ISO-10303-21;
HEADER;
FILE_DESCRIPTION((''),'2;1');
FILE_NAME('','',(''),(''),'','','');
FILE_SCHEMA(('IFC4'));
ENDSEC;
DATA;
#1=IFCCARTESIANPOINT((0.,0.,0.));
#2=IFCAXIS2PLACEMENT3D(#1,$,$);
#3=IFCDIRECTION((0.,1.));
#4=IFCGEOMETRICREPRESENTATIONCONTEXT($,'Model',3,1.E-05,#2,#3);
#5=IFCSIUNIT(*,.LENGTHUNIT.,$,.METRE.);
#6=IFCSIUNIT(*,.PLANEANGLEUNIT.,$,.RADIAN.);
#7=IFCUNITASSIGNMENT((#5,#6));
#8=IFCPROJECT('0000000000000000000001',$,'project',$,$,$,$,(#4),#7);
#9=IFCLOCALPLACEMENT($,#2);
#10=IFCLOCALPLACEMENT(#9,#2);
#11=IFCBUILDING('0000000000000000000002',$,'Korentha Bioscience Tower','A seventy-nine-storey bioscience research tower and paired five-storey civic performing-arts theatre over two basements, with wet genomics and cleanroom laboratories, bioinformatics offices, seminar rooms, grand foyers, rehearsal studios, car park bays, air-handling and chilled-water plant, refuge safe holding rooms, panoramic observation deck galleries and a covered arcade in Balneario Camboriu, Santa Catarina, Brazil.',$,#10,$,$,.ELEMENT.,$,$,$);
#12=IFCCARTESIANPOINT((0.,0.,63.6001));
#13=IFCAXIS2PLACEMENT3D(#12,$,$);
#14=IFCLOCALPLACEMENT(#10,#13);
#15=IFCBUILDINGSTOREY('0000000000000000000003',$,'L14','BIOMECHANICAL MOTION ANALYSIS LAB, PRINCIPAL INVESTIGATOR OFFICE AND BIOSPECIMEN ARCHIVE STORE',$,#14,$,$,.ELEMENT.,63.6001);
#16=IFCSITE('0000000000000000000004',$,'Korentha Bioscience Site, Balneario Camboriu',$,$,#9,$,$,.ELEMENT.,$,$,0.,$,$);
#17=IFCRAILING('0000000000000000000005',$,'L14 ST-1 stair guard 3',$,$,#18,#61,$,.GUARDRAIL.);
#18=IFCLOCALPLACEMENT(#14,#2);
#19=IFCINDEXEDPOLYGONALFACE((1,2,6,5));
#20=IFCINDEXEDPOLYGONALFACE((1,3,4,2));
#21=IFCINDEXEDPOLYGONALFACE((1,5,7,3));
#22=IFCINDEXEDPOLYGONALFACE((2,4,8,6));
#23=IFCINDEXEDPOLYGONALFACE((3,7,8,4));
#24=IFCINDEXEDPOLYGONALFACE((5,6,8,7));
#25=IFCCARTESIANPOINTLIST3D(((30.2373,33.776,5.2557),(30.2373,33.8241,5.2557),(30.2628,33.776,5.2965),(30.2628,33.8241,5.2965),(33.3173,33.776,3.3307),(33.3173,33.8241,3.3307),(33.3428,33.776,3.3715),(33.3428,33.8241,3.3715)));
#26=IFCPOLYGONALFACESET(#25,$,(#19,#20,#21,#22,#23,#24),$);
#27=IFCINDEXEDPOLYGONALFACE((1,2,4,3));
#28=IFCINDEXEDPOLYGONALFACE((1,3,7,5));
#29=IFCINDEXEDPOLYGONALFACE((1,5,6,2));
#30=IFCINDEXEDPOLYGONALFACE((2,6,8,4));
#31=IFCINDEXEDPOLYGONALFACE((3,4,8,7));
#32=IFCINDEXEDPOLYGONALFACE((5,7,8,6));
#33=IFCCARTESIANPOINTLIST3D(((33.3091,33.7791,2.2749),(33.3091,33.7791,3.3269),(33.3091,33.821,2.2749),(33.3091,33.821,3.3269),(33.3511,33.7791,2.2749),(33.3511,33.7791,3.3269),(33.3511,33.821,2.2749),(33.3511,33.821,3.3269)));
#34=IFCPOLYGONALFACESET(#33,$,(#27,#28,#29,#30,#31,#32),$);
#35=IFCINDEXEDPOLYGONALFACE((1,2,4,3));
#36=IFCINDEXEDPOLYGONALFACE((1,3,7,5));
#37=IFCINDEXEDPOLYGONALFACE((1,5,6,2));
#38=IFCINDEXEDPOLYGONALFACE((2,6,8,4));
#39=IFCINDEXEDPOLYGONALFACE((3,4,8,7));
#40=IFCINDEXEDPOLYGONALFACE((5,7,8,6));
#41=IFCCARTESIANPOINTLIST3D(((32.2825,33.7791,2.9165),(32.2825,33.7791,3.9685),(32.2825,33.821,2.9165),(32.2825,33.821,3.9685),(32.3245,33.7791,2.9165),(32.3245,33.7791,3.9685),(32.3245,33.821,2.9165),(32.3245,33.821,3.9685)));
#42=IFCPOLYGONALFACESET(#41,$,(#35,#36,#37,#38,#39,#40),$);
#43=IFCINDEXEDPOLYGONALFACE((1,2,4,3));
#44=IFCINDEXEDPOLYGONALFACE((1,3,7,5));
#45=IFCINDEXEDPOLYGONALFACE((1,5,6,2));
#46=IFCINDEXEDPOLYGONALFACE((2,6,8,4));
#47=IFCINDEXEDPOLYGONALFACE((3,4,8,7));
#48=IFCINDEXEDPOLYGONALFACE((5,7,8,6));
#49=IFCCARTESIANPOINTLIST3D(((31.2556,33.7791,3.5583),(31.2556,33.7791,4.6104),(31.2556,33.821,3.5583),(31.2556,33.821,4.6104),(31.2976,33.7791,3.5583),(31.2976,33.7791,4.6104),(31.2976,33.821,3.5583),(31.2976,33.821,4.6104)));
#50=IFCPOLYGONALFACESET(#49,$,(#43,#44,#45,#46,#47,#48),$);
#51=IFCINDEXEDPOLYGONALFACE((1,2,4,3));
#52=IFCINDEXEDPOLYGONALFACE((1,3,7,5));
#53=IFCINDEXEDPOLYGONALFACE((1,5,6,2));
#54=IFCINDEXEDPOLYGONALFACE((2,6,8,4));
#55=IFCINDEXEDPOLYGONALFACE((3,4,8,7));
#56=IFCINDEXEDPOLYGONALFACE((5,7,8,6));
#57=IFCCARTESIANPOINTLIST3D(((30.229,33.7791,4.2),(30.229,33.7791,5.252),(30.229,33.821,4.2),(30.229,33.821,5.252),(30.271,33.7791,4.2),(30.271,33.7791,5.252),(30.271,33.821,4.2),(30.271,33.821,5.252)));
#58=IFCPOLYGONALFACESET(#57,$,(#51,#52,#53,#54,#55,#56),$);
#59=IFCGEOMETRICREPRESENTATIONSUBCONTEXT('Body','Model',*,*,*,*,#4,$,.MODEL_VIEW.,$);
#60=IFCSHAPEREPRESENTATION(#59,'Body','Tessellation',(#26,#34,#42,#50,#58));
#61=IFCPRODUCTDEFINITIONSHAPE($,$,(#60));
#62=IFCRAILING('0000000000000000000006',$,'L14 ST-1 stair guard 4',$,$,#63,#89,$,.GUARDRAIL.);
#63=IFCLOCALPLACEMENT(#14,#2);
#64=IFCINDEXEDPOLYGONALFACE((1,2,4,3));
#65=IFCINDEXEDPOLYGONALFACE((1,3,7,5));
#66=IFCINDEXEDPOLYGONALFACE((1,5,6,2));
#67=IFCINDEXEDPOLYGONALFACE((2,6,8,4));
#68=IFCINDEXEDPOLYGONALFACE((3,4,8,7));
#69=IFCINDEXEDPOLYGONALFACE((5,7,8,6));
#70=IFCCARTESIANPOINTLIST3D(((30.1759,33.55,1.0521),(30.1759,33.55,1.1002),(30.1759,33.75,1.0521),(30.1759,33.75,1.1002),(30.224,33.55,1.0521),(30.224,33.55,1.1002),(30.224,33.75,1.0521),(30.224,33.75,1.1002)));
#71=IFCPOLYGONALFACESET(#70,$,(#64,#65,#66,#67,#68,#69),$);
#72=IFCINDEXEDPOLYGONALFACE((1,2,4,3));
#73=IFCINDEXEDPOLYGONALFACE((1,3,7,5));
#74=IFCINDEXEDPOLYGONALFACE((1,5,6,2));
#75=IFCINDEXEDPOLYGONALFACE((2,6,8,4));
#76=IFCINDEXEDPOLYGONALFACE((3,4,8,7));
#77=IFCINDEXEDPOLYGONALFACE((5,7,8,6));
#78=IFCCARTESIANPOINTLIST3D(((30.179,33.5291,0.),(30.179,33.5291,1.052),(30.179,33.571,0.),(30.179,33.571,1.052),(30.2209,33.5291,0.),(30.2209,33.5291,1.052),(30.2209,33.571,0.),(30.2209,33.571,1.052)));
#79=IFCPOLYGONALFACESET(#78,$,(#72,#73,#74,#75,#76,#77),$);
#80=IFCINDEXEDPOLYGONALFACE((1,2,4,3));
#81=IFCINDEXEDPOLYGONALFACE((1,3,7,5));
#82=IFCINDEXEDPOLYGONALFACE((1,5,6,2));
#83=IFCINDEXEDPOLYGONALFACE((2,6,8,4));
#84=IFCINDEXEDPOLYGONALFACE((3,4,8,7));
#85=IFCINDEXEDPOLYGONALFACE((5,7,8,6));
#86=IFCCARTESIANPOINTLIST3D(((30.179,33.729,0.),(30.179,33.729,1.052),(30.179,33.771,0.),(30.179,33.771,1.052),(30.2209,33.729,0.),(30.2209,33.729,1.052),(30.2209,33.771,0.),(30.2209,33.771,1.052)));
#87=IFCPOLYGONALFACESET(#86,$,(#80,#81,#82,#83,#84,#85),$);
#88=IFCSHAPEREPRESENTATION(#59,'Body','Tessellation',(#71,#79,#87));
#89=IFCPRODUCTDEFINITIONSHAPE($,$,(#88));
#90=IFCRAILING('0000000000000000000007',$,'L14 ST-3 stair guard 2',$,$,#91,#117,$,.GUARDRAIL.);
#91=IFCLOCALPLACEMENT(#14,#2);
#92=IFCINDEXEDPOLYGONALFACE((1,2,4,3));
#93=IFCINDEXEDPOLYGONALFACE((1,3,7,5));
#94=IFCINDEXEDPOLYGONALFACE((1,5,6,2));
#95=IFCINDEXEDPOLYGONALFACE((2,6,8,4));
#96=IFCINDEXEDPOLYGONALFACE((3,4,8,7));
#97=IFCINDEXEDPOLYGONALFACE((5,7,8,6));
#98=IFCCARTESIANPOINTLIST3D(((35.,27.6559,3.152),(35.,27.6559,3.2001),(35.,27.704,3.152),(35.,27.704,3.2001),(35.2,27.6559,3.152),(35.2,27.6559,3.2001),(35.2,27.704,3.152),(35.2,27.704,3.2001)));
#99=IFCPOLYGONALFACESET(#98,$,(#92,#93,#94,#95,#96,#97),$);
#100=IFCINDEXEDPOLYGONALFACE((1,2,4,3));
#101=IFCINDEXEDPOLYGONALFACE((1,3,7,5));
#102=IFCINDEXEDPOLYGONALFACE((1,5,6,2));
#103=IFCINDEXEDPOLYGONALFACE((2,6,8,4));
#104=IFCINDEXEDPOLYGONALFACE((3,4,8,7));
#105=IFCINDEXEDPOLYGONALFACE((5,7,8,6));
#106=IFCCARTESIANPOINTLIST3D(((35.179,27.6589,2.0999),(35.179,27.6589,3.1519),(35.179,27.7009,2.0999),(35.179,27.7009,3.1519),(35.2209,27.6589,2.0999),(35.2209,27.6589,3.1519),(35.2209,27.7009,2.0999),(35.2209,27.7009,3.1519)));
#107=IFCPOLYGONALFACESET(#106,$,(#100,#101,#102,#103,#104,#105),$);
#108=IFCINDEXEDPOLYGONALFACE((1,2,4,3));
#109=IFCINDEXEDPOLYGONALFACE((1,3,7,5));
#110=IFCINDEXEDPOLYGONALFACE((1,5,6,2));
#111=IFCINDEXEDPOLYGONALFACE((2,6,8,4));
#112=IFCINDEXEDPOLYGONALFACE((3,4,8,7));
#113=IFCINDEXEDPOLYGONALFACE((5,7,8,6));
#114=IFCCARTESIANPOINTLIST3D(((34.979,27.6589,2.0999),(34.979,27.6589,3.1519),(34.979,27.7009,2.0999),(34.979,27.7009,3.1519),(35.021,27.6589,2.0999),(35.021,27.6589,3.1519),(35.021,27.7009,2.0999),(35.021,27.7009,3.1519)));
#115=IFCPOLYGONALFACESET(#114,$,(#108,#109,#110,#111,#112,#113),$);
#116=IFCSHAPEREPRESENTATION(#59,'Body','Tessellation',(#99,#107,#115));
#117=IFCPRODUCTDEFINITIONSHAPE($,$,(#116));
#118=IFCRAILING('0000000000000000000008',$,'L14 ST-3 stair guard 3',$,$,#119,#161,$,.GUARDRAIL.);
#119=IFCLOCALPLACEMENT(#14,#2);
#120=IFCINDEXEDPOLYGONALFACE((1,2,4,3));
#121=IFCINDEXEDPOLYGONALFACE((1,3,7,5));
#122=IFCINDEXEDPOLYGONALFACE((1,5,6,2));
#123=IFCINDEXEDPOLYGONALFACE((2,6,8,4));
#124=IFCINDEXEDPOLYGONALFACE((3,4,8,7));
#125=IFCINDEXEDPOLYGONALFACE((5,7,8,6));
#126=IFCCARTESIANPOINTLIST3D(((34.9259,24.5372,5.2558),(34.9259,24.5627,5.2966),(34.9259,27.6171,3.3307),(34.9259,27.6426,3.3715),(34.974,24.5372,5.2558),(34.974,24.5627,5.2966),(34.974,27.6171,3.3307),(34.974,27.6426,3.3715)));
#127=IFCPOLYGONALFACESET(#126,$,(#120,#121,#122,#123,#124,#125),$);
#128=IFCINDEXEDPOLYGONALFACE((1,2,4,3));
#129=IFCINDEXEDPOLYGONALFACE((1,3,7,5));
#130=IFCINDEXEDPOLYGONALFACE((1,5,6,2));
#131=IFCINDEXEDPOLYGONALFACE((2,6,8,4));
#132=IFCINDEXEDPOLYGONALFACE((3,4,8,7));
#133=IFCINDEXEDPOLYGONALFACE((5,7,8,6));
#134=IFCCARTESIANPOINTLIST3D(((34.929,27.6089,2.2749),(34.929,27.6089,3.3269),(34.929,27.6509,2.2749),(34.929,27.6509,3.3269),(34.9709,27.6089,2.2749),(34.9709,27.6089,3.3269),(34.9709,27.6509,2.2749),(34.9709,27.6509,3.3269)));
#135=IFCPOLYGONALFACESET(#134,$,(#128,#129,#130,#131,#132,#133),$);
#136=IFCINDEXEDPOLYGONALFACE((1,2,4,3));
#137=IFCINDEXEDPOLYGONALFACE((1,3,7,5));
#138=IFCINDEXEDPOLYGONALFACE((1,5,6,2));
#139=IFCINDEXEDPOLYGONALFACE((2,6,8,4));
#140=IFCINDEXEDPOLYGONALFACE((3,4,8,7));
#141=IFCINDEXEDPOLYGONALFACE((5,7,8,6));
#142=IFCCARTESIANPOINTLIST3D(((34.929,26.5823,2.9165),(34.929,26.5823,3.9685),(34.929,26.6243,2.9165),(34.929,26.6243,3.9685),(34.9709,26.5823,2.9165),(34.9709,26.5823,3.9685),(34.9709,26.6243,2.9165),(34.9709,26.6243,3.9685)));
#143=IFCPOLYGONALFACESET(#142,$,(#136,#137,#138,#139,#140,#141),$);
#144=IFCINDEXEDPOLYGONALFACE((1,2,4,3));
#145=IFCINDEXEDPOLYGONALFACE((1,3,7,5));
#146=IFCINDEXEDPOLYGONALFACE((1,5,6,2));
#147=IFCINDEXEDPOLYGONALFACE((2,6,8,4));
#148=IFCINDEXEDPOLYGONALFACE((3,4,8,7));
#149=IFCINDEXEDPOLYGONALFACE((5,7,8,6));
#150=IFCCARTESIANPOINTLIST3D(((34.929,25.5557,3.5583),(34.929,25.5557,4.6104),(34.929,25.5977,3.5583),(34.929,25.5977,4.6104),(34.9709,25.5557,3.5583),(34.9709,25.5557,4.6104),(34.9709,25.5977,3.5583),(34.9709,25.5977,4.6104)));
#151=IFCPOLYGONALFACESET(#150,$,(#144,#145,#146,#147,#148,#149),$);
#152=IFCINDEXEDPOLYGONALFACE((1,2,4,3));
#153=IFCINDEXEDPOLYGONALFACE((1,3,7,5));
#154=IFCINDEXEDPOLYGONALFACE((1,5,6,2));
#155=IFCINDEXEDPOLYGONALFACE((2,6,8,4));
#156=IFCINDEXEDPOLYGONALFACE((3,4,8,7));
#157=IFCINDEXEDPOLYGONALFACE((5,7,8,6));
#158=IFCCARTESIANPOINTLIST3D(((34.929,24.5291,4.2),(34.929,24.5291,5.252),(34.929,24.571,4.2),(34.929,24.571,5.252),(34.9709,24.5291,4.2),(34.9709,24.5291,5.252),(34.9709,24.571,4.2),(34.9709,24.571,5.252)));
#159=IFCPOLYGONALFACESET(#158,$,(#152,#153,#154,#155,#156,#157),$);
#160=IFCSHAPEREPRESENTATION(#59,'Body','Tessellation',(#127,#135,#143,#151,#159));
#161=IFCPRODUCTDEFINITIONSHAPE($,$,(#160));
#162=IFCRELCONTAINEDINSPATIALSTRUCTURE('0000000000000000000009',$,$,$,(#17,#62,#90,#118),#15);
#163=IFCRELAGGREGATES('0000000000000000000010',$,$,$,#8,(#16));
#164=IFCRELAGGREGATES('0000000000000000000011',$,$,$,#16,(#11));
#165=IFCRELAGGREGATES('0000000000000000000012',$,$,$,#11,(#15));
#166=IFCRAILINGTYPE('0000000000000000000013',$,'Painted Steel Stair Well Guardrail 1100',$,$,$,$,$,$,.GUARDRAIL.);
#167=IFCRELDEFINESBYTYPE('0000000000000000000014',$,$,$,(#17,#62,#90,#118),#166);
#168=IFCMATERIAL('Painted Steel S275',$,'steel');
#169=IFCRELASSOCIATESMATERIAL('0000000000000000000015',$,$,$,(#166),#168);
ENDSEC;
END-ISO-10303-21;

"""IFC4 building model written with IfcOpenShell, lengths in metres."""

from ifc_helpers import new_model, si_unit, direction, frame, origin, origin_2d, place, context, subcontext, project, spatial, rectangle, extrude, material, type_object, element, save


model = new_model("IFC4")

# Units and contexts
model_context = context("Model", 3, precision=1e-05, world=origin(), true_north=direction((0.0, 1.0)))
body_context = subcontext(model_context, "Body", "Model", "MODEL_VIEW")
ifc_project = project(units=[si_unit("LENGTHUNIT", "METRE"), si_unit("PLANEANGLEUNIT", "RADIAN")], contexts=[model_context])

# Site, building, storey
site_placement = place(None, origin())
site = spatial("IfcSite", under=ifc_project, at=site_placement, Name="Korentha Bioscience Site, Balneario Camboriu", CompositionType="ELEMENT", RefElevation=0.0)
building_placement = place(site_placement, origin())
building = spatial("IfcBuilding", under=site, at=building_placement, Name="Korentha Bioscience Tower", Description="A seventy-nine-storey bioscience research tower and paired five-storey civic performing-arts theatre over two basements, with wet genomics and cleanroom laboratories, bioinformatics offices, seminar rooms, grand foyers, rehearsal studios, car park bays, air-handling and chilled-water plant, refuge safe holding rooms, panoramic observation deck galleries and a covered arcade in Balneario Camboriu, Santa Catarina, Brazil.", CompositionType="ELEMENT")
storey_placement = place(building_placement, frame((0.0, 0.0, 63.6001)))
storey = spatial("IfcBuildingStorey", under=building, at=storey_placement, Name="L14", Description="BIOMECHANICAL MOTION ANALYSIS LAB, PRINCIPAL INVESTIGATOR OFFICE AND BIOSPECIMEN ARCHIVE STORE", CompositionType="ELEMENT", Elevation=63.6001)

# Railings
ifc_material_1 = material(Name="Painted Steel S275", Category="steel")
railing_type_1 = type_object("IfcRailingType", Name="Painted Steel Stair Well Guardrail 1100", PredefinedType="GUARDRAIL", material=ifc_material_1)
railing_1_placement = place(storey_placement, frame((33.3301, 33.8, 2.2749)))
element("IfcRailing", 1, at=railing_1_placement, inside=storey, type_object=railing_type_1, Name="L14 ST-1 stair guard 3", PredefinedType="GUARDRAIL", context=body_context, shape_type="SweptSolid", body=[
    extrude(rectangle(XDim=0.0481, YDim=0.0481, at=origin_2d()), frame((0.0, 0.0, 1.0762), z_axis=(-0.847998, 0.0, 0.529999), x_axis=(0.0, -1.0, 0.0)), (0.0, 0.0, 1.0), 3.6321),
    extrude(rectangle(XDim=0.042, YDim=0.042, at=origin_2d()), origin(), (0.0, 0.0, 1.0), 1.052),
    extrude(rectangle(XDim=0.042, YDim=0.042, at=origin_2d()), frame((-1.0266, 0.0, 0.6416)), (0.0, 0.0, 1.0), 1.052),
    extrude(rectangle(XDim=0.042, YDim=0.042, at=origin_2d()), frame((-2.0535, 0.0, 1.2834)), (0.0, 0.0, 1.0), 1.052),
    extrude(rectangle(XDim=0.042, YDim=0.042, at=origin_2d()), frame((-3.0801, 0.0, 1.925)), (0.0, 0.0, 1.0), 1.052),
])
railing_2_placement = place(storey_placement, frame((30.2, 33.55, 0.0)))
element("IfcRailing", 2, at=railing_2_placement, inside=storey, type_object=railing_type_1, Name="L14 ST-1 stair guard 4", PredefinedType="GUARDRAIL", context=body_context, shape_type="SweptSolid", body=[
    extrude(rectangle(XDim=0.0481, YDim=0.0481, at=origin_2d()), frame((0.0, 0.0, 1.0762), z_axis=(0.0, 1.0, 0.0), x_axis=(-1.0, 0.0, 0.0)), (0.0, 0.0, 1.0), 0.2),
    extrude(rectangle(XDim=0.042, YDim=0.042, at=origin_2d()), origin(), (0.0, 0.0, 1.0), 1.052),
    extrude(rectangle(XDim=0.042, YDim=0.042, at=origin_2d()), frame((0.0, 0.2, 0.0)), (0.0, 0.0, 1.0), 1.052),
])
railing_3_placement = place(storey_placement, frame((35.2, 27.6799, 2.0999)))
element("IfcRailing", 3, at=railing_3_placement, inside=storey, type_object=railing_type_1, Name="L14 ST-3 stair guard 2", PredefinedType="GUARDRAIL", context=body_context, shape_type="SweptSolid", body=[
    extrude(rectangle(XDim=0.0481, YDim=0.0481, at=origin_2d()), frame((0.0, 0.0, 1.0762), z_axis=(-1.0, 0.0, 0.0), x_axis=(0.0, -1.0, 0.0)), (0.0, 0.0, 1.0), 0.2),
    extrude(rectangle(XDim=0.042, YDim=0.042, at=origin_2d()), origin(), (0.0, 0.0, 1.0), 1.052),
    extrude(rectangle(XDim=0.042, YDim=0.042, at=origin_2d()), frame((-0.2, 0.0, 0.0)), (0.0, 0.0, 1.0), 1.052),
])
railing_4_placement = place(storey_placement, frame((34.95, 27.6299, 2.2749)))
element("IfcRailing", 4, at=railing_4_placement, inside=storey, type_object=railing_type_1, Name="L14 ST-3 stair guard 3", PredefinedType="GUARDRAIL", context=body_context, shape_type="SweptSolid", body=[
    extrude(rectangle(XDim=0.0481, YDim=0.0481, at=origin_2d()), frame((0.0, 0.0, 1.0762), z_axis=(0.0, -0.847979, 0.530029), x_axis=(1.0, 0.0, 0.0)), (0.0, 0.0, 1.0), 3.6321),
    extrude(rectangle(XDim=0.042, YDim=0.042, at=origin_2d()), origin(), (0.0, 0.0, 1.0), 1.052),
    extrude(rectangle(XDim=0.042, YDim=0.042, at=origin_2d()), frame((0.0, -1.0266, 0.6416)), (0.0, 0.0, 1.0), 1.052),
    extrude(rectangle(XDim=0.042, YDim=0.042, at=origin_2d()), frame((0.0, -2.0532, 1.2834)), (0.0, 0.0, 1.0), 1.052),
    extrude(rectangle(XDim=0.042, YDim=0.042, at=origin_2d()), frame((0.0, -3.0798, 1.925)), (0.0, 0.0, 1.0), 1.052),
])

save(model, "model.ifc")
